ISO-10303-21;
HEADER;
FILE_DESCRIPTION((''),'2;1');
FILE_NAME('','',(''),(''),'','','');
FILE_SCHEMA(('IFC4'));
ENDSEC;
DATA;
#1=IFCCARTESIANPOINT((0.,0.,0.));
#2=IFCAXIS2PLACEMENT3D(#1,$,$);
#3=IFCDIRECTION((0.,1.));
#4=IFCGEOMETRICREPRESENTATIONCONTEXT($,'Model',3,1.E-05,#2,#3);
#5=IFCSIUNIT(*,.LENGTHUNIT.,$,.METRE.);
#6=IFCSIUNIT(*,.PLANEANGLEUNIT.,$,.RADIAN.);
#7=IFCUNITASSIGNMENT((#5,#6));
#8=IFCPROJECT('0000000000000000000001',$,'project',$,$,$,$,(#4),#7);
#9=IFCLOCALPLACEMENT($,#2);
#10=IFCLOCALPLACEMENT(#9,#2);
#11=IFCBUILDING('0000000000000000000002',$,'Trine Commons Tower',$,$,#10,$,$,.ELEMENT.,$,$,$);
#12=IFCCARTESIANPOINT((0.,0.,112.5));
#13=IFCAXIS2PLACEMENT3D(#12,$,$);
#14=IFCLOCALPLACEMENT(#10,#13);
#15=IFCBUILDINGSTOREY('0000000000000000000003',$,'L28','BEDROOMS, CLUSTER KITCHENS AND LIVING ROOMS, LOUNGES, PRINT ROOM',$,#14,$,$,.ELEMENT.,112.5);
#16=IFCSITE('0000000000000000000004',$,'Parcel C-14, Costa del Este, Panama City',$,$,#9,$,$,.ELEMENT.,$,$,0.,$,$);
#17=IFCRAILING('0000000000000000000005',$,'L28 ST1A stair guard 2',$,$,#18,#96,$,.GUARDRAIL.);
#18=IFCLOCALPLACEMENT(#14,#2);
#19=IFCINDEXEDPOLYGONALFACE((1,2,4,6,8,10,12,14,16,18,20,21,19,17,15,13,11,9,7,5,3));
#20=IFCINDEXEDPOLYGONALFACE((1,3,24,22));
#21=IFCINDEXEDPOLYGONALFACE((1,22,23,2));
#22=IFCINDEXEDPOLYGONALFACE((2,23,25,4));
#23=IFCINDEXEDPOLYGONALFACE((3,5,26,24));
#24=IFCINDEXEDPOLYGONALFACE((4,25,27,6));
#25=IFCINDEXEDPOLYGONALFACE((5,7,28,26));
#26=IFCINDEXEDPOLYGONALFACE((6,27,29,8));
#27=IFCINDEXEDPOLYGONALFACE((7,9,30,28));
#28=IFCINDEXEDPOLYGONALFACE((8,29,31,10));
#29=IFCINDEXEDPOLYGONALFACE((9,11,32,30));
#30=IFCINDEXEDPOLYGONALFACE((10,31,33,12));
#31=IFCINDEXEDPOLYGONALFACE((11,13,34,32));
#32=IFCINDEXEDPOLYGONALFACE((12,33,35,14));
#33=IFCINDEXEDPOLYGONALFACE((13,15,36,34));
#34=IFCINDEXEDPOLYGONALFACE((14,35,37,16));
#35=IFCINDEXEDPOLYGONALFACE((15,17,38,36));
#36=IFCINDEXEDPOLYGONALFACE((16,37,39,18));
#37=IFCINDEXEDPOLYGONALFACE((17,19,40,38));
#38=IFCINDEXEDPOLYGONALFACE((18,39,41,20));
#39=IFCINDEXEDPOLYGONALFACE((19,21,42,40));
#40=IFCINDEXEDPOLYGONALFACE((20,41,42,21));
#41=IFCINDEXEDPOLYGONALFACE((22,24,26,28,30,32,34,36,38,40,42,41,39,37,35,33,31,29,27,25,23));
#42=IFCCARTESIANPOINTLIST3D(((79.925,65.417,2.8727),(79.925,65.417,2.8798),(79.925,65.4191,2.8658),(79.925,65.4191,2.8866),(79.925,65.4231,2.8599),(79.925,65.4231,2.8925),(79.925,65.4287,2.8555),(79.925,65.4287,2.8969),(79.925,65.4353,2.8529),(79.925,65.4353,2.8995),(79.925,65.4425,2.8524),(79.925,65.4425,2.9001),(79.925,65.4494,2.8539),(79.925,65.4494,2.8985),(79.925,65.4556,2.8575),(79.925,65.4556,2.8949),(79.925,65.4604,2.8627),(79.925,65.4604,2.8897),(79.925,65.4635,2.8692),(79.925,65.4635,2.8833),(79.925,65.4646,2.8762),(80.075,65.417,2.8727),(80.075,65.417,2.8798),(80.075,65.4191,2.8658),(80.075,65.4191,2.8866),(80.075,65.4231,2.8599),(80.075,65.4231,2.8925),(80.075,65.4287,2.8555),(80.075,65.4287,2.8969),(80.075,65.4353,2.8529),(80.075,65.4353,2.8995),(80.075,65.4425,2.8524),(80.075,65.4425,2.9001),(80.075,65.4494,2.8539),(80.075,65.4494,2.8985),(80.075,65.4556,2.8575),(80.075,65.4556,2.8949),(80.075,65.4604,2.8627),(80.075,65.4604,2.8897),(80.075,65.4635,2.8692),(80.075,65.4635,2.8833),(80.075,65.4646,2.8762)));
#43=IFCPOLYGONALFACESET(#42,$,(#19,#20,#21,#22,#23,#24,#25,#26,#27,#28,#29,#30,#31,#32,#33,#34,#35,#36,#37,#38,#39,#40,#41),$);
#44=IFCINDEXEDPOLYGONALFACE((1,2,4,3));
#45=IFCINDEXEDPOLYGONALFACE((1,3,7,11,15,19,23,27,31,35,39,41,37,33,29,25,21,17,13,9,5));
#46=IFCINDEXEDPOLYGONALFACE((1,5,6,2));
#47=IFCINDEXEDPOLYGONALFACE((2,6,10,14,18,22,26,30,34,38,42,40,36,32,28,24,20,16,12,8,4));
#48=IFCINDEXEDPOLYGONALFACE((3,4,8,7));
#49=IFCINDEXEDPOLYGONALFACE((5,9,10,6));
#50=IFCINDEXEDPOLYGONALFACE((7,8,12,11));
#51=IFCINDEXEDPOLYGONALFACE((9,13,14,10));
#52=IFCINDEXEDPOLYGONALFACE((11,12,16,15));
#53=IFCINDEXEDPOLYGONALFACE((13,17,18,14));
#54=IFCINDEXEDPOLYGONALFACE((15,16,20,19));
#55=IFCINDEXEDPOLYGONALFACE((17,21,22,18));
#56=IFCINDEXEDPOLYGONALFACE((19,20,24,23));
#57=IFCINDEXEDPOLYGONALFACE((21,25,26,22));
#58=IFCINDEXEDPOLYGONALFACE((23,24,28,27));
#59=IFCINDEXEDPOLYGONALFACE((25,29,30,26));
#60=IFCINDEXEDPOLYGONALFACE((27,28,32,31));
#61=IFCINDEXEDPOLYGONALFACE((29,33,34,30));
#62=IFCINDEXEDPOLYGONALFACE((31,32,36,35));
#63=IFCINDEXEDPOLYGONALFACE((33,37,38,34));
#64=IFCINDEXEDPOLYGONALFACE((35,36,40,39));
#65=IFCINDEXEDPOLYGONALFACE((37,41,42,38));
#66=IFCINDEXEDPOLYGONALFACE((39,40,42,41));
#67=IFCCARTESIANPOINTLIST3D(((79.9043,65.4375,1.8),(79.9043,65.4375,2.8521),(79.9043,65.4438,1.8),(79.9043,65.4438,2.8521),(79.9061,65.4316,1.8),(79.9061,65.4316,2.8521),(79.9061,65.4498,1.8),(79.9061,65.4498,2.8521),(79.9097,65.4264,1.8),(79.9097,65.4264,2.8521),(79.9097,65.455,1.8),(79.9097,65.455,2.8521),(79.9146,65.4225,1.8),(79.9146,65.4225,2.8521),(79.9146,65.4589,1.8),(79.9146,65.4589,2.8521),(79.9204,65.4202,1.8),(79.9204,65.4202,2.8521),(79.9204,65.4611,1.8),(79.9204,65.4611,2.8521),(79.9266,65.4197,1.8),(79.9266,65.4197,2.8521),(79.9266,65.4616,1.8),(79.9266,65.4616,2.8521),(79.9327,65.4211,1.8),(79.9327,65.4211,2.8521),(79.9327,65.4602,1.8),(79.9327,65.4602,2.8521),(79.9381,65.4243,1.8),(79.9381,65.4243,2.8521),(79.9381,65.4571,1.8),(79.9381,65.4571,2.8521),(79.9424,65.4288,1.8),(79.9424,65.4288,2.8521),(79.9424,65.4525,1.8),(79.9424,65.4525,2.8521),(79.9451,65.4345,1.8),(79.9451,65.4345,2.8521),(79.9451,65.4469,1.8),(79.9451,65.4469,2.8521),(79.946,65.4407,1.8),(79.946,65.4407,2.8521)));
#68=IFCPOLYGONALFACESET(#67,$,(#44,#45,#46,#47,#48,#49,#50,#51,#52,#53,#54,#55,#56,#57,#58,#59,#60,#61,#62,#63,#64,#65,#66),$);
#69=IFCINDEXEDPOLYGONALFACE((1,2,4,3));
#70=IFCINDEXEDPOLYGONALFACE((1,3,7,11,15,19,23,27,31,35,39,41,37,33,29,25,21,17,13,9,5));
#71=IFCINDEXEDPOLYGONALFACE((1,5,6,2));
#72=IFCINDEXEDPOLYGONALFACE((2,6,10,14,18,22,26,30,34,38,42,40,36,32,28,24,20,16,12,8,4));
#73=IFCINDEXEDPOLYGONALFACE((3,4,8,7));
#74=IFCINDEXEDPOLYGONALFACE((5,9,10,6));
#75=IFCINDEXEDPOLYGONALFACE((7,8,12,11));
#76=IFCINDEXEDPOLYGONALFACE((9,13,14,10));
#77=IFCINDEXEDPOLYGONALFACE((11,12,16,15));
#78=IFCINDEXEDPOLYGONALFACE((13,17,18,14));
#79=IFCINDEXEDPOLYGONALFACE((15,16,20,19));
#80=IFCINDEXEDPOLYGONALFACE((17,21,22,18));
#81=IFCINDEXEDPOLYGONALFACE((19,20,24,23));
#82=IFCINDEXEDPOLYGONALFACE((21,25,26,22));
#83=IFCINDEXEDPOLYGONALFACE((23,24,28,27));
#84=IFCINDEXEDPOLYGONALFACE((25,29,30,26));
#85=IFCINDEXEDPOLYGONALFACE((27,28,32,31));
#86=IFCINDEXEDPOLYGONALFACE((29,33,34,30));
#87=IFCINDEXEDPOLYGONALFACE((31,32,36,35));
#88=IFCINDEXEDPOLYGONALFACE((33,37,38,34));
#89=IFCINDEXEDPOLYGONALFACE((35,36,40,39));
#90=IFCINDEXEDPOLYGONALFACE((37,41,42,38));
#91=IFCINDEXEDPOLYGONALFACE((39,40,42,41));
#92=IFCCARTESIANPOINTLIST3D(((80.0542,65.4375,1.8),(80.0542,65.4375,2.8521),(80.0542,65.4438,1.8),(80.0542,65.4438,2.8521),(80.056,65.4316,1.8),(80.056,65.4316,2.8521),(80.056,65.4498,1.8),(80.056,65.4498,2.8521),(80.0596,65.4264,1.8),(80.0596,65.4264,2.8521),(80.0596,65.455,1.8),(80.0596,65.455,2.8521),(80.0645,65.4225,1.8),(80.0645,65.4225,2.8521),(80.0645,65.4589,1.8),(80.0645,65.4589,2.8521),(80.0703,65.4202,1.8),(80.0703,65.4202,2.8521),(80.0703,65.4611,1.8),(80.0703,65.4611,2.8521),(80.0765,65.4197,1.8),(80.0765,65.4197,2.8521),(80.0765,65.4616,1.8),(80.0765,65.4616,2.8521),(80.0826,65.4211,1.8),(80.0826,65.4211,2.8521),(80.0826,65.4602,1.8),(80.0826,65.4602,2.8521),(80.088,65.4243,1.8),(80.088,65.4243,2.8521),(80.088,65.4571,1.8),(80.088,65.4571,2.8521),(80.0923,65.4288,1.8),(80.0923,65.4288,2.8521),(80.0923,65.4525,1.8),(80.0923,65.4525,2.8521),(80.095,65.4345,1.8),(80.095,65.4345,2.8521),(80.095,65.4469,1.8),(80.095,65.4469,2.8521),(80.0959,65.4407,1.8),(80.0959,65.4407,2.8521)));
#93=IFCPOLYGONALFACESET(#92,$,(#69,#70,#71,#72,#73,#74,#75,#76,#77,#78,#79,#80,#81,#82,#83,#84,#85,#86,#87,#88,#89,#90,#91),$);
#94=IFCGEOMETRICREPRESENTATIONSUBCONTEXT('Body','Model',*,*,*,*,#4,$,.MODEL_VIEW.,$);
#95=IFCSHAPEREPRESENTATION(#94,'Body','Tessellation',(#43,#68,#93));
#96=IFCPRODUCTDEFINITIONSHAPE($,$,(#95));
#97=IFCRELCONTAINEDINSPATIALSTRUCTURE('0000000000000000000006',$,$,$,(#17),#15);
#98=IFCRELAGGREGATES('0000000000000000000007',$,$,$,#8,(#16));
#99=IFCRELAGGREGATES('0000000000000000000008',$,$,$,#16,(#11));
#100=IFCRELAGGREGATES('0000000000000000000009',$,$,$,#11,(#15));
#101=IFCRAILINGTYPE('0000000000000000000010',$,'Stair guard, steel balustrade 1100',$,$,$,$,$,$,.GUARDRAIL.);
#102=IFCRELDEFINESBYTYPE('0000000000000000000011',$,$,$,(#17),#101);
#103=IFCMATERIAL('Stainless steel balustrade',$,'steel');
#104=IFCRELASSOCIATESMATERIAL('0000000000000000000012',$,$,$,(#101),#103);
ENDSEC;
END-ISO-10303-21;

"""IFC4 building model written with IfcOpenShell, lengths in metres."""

from ifc_helpers import new_model, si_unit, direction, frame, origin, origin_2d, place, context, subcontext, project, spatial, circle, extrude, material, type_object, element, save


model = new_model("IFC4")

# Units and contexts
model_context = context("Model", 3, precision=1e-05, world=origin(), true_north=direction((0.0, 1.0)))
body_context = subcontext(model_context, "Body", "Model", "MODEL_VIEW")
ifc_project = project(units=[si_unit("LENGTHUNIT", "METRE"), si_unit("PLANEANGLEUNIT", "RADIAN")], contexts=[model_context])

# Site, building, storey
site_placement = place(None, origin())
site = spatial("IfcSite", under=ifc_project, at=site_placement, Name="Parcel C-14, Costa del Este, Panama City", CompositionType="ELEMENT", RefElevation=0.0)
building_placement = place(site_placement, origin())
building = spatial("IfcBuilding", under=site, at=building_placement, Name="Trine Commons Tower", CompositionType="ELEMENT")
storey_placement = place(building_placement, frame((0.0, 0.0, 112.5)))
storey = spatial("IfcBuildingStorey", under=building, at=storey_placement, Name="L28", Description="BEDROOMS, CLUSTER KITCHENS AND LIVING ROOMS, LOUNGES, PRINT ROOM", CompositionType="ELEMENT", Elevation=112.5)

# Railing
ifc_material_1 = material(Name="Stainless steel balustrade", Category="steel")
railing_type_1 = type_object("IfcRailingType", Name="Stair guard, steel balustrade 1100", PredefinedType="GUARDRAIL", material=ifc_material_1)
railing_1_placement = place(storey_placement, frame((79.925, 65.4407, 1.8)))
element("IfcRailing", 1, at=railing_1_placement, inside=storey, type_object=railing_type_1, Name="L28 ST1A stair guard 2", PredefinedType="GUARDRAIL", context=body_context, shape_type="SweptSolid", body=[
    extrude(circle(Radius=0.0239, at=origin_2d()), frame((0.0, 0.0, 1.0762), z_axis=(1.0, 0.0, 0.0), x_axis=(0.0, 1.0, 0.0)), (0.0, 0.0, 1.0), 0.1499),
    extrude(circle(Radius=0.021, at=origin_2d()), origin(), (0.0, 0.0, 1.0), 1.052),
    extrude(circle(Radius=0.021, at=origin_2d()), frame((0.1499, 0.0, 0.0)), (0.0, 0.0, 1.0), 1.052),
])

save(model, "model.ifc")
